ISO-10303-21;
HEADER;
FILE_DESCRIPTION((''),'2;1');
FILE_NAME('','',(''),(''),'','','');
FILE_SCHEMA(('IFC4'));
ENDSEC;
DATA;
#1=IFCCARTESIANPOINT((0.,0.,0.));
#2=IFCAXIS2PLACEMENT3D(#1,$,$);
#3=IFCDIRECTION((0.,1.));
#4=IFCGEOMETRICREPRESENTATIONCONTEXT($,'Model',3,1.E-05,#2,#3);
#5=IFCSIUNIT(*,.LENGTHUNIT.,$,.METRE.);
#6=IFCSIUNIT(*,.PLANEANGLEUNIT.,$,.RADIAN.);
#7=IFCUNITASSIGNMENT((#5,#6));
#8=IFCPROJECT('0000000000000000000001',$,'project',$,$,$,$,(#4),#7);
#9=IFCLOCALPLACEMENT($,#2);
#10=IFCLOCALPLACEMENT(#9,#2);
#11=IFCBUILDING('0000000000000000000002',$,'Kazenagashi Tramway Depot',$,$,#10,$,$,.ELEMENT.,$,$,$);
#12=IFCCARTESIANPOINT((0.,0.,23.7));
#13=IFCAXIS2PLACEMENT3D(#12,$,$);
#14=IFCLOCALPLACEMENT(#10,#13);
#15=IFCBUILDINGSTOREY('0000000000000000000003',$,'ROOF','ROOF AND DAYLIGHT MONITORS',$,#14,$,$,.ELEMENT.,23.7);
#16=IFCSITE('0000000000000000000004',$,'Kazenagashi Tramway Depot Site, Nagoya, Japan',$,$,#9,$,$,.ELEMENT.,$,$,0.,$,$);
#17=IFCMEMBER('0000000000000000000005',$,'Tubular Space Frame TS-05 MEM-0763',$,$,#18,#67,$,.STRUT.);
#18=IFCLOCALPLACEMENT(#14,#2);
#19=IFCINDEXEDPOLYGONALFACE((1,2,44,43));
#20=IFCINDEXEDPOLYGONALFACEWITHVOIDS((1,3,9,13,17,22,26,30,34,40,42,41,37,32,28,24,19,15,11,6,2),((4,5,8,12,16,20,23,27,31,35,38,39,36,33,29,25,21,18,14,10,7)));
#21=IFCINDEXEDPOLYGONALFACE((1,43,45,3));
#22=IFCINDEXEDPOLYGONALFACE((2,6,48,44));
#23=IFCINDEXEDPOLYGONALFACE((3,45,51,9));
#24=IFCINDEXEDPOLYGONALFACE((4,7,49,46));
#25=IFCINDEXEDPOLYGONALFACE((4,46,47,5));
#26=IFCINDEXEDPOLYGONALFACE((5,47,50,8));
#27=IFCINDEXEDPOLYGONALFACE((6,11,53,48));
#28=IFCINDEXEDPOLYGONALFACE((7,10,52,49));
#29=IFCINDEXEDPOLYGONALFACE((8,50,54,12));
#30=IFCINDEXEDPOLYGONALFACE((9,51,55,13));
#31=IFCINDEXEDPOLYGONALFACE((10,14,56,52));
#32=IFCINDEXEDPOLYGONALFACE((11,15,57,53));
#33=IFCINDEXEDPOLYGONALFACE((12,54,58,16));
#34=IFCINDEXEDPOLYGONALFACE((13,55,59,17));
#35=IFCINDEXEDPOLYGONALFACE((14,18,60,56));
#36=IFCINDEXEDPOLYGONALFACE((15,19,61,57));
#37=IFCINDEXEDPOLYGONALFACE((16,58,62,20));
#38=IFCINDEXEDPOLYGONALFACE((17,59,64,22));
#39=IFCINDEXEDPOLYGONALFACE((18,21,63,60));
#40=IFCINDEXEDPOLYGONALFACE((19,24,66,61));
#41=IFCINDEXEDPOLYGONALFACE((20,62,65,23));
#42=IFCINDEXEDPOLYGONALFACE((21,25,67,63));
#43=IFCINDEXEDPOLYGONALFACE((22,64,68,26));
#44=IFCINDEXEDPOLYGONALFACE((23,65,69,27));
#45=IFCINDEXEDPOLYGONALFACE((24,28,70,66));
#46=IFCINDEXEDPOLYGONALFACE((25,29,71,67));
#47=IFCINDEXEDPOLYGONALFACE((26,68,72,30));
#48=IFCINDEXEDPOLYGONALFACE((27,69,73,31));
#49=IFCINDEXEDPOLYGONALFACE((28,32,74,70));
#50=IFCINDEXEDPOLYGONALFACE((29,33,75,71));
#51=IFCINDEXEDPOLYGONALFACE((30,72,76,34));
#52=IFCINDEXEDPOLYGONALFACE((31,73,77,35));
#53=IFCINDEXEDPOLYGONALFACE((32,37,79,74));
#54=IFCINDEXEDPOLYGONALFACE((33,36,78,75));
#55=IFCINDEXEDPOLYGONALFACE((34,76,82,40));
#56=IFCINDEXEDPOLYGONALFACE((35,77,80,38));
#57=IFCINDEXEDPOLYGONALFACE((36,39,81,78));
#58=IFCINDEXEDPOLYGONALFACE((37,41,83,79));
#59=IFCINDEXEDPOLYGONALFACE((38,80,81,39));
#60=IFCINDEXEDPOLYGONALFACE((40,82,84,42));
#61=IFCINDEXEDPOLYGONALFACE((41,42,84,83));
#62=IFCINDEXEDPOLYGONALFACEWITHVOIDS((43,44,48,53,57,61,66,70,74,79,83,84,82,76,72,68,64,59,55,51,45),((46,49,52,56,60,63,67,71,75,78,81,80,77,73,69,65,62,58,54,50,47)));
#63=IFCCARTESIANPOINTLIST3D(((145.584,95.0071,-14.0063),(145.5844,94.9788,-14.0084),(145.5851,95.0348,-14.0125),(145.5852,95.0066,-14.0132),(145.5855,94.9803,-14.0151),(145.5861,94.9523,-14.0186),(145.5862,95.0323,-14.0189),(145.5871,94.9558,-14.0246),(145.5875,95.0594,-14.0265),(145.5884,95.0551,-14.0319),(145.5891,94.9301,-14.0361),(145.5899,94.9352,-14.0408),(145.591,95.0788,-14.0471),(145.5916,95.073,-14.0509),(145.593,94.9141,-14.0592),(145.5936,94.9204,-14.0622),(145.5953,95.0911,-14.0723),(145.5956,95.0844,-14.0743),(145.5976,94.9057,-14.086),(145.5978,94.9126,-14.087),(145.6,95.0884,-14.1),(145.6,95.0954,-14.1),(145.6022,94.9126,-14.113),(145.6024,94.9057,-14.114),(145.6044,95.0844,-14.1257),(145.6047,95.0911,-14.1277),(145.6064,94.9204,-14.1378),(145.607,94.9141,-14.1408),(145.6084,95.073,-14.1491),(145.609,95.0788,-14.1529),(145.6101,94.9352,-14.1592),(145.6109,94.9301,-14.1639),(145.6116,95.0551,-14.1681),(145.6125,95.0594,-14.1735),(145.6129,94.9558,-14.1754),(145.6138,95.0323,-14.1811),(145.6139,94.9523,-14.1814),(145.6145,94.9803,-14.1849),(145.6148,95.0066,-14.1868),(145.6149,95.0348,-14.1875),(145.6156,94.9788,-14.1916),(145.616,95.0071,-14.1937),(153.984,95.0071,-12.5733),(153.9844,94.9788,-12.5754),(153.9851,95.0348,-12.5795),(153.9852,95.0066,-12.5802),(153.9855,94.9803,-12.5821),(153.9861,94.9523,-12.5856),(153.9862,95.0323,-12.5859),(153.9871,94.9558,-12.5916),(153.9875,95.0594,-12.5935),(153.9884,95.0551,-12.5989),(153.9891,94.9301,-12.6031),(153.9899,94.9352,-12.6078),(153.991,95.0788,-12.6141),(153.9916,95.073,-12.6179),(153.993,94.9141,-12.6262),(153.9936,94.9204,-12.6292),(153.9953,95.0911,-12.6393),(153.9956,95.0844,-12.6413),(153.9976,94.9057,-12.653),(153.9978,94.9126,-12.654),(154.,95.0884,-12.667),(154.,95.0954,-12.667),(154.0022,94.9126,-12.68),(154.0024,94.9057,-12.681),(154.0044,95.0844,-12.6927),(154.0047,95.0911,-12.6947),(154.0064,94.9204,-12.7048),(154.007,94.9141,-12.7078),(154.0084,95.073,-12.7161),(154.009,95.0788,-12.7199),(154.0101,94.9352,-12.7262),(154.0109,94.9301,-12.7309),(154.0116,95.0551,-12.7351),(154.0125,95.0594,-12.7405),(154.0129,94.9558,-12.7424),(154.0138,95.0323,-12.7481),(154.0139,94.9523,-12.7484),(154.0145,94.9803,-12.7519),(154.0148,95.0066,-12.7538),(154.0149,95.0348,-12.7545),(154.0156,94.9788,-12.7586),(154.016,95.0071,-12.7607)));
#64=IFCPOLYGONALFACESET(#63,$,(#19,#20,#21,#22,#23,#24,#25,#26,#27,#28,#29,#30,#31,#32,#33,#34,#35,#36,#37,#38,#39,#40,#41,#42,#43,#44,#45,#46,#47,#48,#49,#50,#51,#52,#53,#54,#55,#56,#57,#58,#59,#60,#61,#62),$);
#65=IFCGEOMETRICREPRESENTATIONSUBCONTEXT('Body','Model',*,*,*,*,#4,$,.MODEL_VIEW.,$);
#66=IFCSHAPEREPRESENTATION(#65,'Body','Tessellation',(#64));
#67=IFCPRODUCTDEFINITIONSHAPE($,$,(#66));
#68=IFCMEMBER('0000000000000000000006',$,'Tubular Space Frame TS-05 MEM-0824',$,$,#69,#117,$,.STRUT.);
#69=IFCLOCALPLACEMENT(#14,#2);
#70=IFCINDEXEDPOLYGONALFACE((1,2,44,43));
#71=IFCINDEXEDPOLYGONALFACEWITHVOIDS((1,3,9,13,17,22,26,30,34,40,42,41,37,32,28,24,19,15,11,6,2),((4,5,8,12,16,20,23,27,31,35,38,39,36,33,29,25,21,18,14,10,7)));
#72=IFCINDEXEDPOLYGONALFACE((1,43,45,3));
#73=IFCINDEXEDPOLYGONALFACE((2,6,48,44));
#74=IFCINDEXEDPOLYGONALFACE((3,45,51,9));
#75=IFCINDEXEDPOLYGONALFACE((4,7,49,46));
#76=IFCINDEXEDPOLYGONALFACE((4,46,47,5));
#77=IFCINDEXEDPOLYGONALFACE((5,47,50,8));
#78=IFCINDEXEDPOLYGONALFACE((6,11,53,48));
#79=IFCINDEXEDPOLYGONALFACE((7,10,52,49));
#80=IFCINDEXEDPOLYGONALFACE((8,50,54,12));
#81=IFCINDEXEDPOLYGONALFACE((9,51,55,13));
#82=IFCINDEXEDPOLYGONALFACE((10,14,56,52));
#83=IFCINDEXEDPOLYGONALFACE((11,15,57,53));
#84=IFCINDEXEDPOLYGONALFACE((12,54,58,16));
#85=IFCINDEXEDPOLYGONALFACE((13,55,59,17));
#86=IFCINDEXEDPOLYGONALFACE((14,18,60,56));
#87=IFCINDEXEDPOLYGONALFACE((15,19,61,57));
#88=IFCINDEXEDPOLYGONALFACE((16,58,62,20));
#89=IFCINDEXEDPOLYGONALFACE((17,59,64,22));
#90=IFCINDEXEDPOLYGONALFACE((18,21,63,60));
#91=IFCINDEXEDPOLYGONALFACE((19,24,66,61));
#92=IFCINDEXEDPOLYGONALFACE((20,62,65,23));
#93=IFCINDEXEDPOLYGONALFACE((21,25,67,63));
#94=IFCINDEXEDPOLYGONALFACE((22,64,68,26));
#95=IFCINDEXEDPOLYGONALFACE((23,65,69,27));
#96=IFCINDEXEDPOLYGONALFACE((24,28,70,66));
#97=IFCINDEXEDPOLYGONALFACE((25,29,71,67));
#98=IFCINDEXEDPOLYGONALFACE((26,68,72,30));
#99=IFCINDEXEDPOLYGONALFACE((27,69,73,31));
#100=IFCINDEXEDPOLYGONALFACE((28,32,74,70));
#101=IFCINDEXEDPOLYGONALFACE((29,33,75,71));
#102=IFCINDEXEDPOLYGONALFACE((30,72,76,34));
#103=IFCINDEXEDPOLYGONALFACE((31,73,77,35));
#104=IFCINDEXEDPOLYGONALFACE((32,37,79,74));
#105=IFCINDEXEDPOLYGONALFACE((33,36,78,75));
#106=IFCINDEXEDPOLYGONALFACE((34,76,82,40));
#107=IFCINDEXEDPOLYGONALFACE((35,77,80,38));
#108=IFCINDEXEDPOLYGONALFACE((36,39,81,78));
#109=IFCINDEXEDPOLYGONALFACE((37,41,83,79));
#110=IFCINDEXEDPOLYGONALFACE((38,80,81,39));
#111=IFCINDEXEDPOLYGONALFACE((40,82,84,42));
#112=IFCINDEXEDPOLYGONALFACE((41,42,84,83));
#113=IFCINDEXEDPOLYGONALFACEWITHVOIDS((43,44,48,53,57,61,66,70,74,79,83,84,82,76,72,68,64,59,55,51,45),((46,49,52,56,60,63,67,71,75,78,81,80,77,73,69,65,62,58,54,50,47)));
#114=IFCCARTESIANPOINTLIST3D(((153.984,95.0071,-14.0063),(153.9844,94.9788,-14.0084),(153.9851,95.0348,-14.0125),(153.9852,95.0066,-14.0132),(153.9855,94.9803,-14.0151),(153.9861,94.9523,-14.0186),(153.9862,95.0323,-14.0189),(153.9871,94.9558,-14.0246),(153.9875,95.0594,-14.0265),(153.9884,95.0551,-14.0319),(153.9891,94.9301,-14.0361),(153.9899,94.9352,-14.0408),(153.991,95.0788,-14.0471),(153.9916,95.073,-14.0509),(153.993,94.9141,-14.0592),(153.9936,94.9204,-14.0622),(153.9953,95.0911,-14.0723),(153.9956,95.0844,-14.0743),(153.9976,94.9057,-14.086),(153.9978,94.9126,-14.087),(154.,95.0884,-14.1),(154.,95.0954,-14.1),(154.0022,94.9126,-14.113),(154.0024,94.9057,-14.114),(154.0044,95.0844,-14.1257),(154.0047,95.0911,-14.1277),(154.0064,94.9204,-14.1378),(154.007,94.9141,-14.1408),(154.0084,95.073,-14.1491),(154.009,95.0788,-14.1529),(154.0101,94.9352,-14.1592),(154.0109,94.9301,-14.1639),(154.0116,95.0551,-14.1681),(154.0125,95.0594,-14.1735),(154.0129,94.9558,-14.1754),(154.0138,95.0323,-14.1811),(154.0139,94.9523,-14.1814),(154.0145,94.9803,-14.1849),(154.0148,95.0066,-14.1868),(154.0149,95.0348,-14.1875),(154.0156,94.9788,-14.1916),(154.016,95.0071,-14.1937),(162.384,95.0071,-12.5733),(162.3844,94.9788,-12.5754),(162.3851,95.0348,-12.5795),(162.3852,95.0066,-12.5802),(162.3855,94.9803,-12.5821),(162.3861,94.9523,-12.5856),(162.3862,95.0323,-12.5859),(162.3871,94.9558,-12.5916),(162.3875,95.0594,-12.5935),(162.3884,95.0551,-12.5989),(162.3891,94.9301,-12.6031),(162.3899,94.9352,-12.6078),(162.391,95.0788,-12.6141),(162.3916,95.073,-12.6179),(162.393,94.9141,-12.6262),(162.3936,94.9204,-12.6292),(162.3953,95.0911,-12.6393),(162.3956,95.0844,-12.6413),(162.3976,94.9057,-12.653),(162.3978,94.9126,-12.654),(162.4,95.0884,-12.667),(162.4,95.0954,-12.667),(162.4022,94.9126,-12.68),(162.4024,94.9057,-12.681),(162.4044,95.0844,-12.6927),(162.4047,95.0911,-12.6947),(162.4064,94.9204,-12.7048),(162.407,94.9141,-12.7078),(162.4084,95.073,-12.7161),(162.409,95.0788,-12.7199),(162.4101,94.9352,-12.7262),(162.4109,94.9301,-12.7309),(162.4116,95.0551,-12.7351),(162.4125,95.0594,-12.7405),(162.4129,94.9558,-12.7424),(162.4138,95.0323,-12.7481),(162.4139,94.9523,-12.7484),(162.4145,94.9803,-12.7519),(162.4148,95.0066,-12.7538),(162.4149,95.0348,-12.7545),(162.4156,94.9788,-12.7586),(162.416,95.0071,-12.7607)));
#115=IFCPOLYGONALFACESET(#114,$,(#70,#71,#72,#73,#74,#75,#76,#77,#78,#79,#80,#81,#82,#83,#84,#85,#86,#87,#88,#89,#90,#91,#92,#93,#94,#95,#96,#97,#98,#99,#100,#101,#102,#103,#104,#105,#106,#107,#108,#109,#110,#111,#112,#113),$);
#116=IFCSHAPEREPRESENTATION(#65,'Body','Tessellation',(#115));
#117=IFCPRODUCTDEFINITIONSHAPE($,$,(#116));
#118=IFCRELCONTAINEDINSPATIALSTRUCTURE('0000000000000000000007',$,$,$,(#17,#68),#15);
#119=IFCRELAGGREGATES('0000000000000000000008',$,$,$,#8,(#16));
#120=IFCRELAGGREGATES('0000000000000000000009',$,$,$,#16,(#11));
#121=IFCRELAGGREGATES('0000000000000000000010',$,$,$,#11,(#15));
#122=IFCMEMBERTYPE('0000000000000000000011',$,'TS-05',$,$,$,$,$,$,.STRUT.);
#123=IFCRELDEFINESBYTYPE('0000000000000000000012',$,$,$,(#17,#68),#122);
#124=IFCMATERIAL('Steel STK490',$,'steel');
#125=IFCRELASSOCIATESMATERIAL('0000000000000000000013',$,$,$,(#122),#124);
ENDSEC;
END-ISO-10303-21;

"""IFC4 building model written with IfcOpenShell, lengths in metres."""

from ifc_helpers import new_model, si_unit, direction, frame, origin, origin_2d, place, context, subcontext, project, spatial, hollow_circle, extrude, material, material_profile, profile_set, type_object, element, save


model = new_model("IFC4")

# Units and contexts
model_context = context("Model", 3, precision=1e-05, world=origin(), true_north=direction((0.0, 1.0)))
body_context = subcontext(model_context, "Body", "Model", "MODEL_VIEW")
ifc_project = project(units=[si_unit("LENGTHUNIT", "METRE"), si_unit("PLANEANGLEUNIT", "RADIAN")], contexts=[model_context])

# Site, building, storey
site_placement = place(None, origin())
site = spatial("IfcSite", under=ifc_project, at=site_placement, Name="Kazenagashi Tramway Depot Site, Nagoya, Japan", CompositionType="ELEMENT", RefElevation=0.0)
building_placement = place(site_placement, origin())
building = spatial("IfcBuilding", under=site, at=building_placement, Name="Kazenagashi Tramway Depot", CompositionType="ELEMENT")
storey_placement = place(building_placement, frame((0.0, 0.0, 23.7)))
storey = spatial("IfcBuildingStorey", under=building, at=storey_placement, Name="ROOF", Description="ROOF AND DAYLIGHT MONITORS", CompositionType="ELEMENT", Elevation=23.7)

# Members
ifc_material_1 = material(Name="Steel STK490", Category="steel")
ifc_material_profile_1 = material_profile(ifc_material_1, hollow_circle(Radius=0.0954, WallThickness=0.007, at=origin_2d()), Name="CHS-190.7x7.0")
ifc_profile_set_1 = profile_set([ifc_material_profile_1], Name="Steel STK490")
member_type_1 = type_object("IfcMemberType", Name="TS-05", PredefinedType="STRUT", material=ifc_profile_set_1)
for number, where, z_axis, x_axis, name in (
    (1, (145.6, 95.0, -14.1), (0.985759, 0.0, 0.168166), (0.0, 1.0, 0.0), "Tubular Space Frame TS-05 MEM-0763"),
    (2, (154.0, 95.0, -14.1), (0.985759, 0.0, 0.168166), (0.0, 1.0, 0.0), "Tubular Space Frame TS-05 MEM-0824"),
):
    element("IfcMember", number, at=place(storey_placement, frame(where, z_axis=z_axis, x_axis=x_axis)), inside=storey, type_object=member_type_1, Name=name, PredefinedType="STRUT", context=body_context, shape_type="SweptSolid", body=[
        extrude(hollow_circle(Radius=0.0954, WallThickness=0.007, at=origin_2d()), origin(), (0.0, 0.0, 1.0), 8.5214),
    ])

save(model, "model.ifc")
